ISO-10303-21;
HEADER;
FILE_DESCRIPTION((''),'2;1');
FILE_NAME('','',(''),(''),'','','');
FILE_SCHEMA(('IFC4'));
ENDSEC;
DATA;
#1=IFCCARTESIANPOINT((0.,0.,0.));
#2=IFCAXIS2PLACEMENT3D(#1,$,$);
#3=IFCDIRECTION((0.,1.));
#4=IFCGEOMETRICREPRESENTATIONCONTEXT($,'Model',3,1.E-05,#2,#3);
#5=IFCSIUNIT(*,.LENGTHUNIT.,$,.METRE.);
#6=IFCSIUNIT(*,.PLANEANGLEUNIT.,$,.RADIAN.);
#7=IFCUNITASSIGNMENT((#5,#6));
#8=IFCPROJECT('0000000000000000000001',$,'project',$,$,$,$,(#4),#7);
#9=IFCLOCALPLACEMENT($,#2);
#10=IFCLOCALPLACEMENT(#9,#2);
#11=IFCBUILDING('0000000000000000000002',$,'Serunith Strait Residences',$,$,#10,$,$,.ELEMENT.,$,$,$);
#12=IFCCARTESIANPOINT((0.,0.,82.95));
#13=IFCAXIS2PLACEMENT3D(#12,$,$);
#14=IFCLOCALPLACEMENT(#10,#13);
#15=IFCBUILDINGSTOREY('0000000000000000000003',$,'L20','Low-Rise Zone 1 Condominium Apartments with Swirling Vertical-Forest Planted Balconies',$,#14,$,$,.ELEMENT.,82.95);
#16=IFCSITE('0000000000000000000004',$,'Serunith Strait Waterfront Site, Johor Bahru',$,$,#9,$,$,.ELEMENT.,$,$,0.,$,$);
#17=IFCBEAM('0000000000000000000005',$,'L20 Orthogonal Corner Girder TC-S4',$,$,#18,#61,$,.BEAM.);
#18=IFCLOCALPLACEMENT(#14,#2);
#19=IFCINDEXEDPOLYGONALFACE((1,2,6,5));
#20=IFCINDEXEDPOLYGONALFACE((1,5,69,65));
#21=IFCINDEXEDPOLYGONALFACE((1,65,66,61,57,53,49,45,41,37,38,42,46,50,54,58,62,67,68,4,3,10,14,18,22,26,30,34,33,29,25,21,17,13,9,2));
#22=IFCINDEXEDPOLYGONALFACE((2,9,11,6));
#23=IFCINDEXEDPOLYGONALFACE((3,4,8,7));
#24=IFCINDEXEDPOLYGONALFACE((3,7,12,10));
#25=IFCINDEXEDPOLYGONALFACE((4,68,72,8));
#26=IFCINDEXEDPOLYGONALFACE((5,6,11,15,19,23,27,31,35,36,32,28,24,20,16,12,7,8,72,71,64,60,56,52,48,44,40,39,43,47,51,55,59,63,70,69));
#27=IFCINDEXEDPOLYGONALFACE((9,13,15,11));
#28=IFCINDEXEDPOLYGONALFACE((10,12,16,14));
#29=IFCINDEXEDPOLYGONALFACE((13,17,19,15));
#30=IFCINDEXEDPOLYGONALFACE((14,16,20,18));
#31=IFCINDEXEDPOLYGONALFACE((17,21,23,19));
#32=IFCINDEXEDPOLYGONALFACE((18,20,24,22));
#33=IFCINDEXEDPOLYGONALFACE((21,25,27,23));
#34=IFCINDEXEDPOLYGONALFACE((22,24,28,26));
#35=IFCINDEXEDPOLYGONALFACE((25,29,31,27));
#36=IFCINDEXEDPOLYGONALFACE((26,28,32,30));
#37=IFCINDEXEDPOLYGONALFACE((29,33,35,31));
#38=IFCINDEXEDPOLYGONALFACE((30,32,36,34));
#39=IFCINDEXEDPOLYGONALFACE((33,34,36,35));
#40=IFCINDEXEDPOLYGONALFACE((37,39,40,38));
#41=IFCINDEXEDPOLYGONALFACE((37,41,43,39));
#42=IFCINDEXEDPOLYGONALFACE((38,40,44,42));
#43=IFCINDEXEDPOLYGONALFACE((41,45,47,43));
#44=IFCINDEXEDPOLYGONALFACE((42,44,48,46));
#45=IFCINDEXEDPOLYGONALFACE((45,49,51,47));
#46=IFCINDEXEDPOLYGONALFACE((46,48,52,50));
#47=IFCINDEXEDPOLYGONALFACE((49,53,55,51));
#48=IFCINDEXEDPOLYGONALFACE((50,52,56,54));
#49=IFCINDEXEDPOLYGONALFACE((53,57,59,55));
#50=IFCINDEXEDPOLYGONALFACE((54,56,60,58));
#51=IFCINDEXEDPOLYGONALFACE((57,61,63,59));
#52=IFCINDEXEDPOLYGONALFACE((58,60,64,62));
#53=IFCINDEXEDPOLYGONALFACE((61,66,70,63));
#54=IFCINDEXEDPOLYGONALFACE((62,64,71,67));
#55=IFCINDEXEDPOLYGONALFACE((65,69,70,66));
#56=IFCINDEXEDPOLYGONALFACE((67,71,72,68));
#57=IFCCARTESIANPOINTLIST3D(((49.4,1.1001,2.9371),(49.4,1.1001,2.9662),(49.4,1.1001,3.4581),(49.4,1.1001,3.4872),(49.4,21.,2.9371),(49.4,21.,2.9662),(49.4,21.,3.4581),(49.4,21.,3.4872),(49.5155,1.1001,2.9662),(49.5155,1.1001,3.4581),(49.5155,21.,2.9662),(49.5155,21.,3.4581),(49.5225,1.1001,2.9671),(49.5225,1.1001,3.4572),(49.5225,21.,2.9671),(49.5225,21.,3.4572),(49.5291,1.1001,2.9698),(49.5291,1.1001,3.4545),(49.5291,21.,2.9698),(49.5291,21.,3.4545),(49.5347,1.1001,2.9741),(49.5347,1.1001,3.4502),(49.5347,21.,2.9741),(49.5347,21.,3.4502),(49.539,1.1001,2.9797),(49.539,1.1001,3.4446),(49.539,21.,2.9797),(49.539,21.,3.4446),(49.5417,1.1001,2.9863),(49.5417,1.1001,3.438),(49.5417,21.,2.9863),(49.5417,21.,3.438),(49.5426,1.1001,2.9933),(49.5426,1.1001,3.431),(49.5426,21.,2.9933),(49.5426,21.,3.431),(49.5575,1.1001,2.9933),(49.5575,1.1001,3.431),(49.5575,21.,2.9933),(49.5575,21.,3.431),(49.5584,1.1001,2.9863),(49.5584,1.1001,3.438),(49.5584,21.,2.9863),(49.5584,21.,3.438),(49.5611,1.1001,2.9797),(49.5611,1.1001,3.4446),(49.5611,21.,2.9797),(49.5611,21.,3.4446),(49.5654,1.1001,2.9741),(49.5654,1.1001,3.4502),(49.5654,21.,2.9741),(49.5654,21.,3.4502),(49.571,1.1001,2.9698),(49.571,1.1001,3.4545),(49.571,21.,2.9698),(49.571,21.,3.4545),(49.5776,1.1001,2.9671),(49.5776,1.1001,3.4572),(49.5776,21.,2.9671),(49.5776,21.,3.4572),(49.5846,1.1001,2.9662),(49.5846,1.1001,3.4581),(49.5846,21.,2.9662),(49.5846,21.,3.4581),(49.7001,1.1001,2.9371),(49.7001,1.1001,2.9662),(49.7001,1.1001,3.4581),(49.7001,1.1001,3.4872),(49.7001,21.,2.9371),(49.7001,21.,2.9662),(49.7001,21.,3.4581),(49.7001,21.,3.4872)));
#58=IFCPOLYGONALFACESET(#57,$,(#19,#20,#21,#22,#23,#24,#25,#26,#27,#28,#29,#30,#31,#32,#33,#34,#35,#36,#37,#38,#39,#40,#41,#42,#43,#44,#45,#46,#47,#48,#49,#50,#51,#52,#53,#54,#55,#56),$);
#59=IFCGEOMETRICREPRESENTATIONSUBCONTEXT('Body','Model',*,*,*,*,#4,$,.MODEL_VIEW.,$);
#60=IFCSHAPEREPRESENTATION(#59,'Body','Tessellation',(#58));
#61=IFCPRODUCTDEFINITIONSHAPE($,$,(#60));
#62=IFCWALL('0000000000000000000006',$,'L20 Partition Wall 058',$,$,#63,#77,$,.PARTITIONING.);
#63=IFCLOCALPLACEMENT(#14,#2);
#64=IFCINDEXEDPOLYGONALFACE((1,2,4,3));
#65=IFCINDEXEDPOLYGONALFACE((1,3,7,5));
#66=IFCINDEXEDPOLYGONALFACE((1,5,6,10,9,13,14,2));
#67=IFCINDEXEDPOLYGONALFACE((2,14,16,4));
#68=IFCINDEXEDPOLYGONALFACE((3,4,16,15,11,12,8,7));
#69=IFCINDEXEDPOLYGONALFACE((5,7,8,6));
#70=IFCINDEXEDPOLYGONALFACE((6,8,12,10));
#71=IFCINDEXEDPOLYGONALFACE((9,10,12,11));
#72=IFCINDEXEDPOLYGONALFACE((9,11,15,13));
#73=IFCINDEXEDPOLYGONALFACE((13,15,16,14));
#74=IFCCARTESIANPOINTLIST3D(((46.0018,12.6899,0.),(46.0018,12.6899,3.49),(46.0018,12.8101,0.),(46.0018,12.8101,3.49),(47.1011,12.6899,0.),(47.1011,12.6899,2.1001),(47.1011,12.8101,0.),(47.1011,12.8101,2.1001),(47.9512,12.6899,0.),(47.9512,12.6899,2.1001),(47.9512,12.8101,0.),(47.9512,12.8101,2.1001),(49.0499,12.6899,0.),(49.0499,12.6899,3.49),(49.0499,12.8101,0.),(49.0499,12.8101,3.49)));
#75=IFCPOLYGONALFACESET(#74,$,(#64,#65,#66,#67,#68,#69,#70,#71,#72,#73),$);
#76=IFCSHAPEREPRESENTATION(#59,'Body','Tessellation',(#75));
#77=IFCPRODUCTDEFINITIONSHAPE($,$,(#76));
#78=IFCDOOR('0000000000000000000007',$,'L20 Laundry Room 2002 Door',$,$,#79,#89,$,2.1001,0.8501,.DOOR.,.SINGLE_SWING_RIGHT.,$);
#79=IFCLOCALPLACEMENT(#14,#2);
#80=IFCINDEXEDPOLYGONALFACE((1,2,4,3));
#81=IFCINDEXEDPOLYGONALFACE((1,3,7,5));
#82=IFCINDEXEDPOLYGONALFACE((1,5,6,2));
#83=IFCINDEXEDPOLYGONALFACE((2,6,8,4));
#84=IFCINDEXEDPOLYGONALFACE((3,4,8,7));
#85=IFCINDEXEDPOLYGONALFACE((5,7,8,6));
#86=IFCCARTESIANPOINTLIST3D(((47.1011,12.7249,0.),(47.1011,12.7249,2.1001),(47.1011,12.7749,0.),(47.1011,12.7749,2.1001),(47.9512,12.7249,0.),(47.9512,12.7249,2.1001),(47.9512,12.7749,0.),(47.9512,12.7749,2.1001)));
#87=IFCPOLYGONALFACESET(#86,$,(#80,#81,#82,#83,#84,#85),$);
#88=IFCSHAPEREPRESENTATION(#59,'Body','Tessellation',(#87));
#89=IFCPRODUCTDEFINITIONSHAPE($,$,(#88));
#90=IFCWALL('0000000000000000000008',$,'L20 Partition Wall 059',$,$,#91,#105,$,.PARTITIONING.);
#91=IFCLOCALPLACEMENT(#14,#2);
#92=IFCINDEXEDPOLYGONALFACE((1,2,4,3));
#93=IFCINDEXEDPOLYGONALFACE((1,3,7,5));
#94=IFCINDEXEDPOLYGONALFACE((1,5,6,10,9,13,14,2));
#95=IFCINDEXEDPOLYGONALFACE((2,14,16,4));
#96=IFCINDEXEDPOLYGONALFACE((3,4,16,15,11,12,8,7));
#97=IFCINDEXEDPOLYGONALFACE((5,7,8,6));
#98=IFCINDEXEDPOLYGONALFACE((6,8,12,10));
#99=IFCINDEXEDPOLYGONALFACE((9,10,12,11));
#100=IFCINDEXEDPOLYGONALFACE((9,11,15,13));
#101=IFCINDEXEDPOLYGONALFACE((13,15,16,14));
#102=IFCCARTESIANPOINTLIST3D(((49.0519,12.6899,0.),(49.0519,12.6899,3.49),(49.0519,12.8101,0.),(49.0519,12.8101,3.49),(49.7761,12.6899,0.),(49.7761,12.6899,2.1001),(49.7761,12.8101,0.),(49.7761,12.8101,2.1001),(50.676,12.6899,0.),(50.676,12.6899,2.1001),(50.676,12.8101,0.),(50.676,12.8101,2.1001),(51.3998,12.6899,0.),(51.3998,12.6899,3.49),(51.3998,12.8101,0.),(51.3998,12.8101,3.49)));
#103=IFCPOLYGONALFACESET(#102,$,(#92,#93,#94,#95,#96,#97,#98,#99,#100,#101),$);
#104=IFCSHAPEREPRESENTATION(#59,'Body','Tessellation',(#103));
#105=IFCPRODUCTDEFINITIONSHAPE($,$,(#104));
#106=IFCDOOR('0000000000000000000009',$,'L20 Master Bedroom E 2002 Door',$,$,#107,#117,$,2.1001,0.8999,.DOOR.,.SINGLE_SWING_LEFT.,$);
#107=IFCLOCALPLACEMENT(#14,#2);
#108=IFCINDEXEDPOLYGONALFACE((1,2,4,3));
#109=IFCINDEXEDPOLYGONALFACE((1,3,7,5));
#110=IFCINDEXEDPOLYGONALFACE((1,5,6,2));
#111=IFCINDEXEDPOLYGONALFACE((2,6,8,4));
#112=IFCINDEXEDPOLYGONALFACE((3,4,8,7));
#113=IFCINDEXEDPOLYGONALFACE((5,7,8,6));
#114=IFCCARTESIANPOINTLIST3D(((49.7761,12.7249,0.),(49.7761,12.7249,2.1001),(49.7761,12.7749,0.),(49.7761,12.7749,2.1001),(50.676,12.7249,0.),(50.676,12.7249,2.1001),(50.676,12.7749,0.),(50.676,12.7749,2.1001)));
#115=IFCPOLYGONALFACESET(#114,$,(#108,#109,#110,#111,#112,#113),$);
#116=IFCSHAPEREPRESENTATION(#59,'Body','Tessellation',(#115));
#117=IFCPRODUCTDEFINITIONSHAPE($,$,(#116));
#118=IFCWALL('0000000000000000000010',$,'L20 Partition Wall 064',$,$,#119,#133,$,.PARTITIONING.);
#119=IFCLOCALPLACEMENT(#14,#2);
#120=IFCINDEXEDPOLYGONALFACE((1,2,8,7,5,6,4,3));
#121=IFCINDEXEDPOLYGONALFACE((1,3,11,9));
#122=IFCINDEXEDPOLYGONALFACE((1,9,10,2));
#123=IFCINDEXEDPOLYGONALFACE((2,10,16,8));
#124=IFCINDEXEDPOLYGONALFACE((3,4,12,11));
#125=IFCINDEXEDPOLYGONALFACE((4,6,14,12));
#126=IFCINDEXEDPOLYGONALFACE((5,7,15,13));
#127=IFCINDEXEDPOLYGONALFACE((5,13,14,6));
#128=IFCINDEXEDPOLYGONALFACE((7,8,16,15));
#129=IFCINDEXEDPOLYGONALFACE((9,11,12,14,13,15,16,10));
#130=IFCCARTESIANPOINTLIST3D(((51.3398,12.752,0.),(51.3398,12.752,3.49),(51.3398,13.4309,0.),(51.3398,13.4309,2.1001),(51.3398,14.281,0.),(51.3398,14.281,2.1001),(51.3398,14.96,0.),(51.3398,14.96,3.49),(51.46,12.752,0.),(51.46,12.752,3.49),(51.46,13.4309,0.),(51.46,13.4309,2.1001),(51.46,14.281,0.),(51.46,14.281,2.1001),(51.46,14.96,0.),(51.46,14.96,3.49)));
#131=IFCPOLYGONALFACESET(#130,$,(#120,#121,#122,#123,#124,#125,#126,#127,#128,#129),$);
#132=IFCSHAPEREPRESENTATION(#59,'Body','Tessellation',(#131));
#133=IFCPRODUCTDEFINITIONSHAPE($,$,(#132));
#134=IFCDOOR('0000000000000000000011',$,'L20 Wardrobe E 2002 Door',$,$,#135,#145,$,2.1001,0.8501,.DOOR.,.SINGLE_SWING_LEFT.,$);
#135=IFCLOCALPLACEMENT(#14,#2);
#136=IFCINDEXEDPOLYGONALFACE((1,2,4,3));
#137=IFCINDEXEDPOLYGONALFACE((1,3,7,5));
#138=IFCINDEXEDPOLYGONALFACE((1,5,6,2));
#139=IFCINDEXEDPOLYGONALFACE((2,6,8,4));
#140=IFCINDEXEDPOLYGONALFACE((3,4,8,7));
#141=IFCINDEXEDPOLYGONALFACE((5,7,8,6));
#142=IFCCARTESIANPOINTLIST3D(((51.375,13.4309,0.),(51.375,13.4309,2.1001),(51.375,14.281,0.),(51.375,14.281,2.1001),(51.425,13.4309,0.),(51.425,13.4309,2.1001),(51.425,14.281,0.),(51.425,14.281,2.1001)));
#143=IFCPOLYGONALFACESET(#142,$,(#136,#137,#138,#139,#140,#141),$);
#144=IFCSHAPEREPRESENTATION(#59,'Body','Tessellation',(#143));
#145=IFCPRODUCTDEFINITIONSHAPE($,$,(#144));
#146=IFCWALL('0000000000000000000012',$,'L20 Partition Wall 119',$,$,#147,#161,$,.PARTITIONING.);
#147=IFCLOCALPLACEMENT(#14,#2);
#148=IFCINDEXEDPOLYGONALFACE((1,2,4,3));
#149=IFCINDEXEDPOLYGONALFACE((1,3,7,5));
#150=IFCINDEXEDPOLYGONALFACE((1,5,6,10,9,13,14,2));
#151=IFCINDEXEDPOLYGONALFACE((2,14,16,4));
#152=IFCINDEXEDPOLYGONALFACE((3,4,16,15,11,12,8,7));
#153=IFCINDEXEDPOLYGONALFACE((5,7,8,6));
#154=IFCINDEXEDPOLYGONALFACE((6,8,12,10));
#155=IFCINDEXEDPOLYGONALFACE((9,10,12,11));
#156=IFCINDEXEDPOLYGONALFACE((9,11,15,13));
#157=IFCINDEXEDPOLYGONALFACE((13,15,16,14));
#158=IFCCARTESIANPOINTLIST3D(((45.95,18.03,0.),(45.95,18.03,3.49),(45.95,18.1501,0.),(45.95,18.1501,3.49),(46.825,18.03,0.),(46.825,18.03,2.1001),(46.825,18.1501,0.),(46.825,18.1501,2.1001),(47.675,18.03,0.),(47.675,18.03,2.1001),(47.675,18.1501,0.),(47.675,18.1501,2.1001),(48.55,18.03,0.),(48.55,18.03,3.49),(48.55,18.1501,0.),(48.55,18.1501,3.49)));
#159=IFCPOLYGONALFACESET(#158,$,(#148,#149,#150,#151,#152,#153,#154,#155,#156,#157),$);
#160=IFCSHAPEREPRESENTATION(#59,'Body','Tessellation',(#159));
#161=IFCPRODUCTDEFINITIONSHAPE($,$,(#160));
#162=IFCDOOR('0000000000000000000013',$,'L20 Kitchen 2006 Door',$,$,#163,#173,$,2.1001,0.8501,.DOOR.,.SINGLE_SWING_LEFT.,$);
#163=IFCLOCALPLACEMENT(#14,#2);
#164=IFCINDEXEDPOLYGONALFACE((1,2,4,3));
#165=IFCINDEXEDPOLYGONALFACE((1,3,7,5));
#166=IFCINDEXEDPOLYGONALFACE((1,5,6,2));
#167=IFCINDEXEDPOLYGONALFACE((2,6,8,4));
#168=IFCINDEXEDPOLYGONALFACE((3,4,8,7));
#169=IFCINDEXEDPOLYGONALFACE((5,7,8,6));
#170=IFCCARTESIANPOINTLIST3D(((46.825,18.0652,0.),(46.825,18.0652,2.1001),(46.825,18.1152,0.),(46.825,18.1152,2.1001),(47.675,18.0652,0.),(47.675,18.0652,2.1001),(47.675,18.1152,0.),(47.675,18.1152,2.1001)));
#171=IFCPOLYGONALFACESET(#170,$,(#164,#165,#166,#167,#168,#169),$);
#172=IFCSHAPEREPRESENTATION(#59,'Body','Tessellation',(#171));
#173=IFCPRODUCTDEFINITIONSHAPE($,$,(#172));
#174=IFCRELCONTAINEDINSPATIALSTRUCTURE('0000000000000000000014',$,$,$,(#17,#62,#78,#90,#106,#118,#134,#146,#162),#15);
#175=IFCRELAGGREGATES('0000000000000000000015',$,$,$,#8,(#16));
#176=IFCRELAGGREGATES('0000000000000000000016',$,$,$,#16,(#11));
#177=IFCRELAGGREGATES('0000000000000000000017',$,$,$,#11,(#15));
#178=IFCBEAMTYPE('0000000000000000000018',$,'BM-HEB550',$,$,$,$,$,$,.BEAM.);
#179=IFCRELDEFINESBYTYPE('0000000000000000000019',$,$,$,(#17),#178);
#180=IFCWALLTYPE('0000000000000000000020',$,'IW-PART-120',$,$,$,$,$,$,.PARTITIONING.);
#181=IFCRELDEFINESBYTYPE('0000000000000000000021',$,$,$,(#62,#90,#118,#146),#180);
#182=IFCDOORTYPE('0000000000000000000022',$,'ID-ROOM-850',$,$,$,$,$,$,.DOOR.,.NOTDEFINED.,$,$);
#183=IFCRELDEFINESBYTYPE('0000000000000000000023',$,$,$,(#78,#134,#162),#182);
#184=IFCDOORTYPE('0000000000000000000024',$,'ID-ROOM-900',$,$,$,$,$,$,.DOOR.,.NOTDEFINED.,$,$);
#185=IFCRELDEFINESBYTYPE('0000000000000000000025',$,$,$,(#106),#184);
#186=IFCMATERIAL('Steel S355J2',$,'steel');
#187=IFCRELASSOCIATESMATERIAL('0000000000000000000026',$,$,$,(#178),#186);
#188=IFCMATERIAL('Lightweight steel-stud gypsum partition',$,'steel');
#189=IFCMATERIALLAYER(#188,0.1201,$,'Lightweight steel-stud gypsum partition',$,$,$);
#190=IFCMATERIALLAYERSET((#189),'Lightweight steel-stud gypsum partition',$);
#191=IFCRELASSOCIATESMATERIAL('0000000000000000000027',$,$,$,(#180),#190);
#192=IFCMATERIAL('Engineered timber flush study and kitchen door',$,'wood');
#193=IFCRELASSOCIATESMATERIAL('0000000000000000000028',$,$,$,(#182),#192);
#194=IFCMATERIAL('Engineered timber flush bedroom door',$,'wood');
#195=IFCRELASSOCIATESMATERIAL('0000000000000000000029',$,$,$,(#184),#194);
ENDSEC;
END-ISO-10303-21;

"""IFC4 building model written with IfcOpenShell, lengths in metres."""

from ifc_helpers import new_model, si_unit, direction, frame, frame_2d, origin, origin_2d, place, context, subcontext, project, spatial, rectangle, i_section, extrude, source, transform, mapped, material, layer, layer_set, material_profile, profile_set, type_object, element, fill, save


model = new_model("IFC4")

# Units and contexts
model_context = context("Model", 3, precision=1e-05, world=origin(), true_north=direction((0.0, 1.0)))
body_context = subcontext(model_context, "Body", "Model", "MODEL_VIEW")
ifc_project = project(units=[si_unit("LENGTHUNIT", "METRE"), si_unit("PLANEANGLEUNIT", "RADIAN")], contexts=[model_context])

# Site, building, storey
site_placement = place(None, origin())
site = spatial("IfcSite", under=ifc_project, at=site_placement, Name="Serunith Strait Waterfront Site, Johor Bahru", CompositionType="ELEMENT", RefElevation=0.0)
building_placement = place(site_placement, origin())
building = spatial("IfcBuilding", under=site, at=building_placement, Name="Serunith Strait Residences", CompositionType="ELEMENT")
storey_placement = place(building_placement, frame((0.0, 0.0, 82.95)))
storey = spatial("IfcBuildingStorey", under=building, at=storey_placement, Name="L20", Description="Low-Rise Zone 1 Condominium Apartments with Swirling Vertical-Forest Planted Balconies", CompositionType="ELEMENT", Elevation=82.95)

# Beam
ifc_material_1 = material(Name="Steel S355J2", Category="steel")
ifc_material_profile = material_profile(ifc_material_1, i_section(OverallWidth=0.3, OverallDepth=0.55, WebThickness=0.0149, FlangeThickness=0.0291, FilletRadius=0.0271, at=origin_2d()), Name="HEB 550")
ifc_profile_set = profile_set([ifc_material_profile], Name="Steel S355J2")
beam_type = type_object("IfcBeamType", Name="BM-HEB550", PredefinedType="BEAM", material=ifc_profile_set)
shared_shape_1 = source(origin(), body_context, "Body", "SweptSolid", [
    extrude(i_section(OverallWidth=0.3, OverallDepth=0.55, WebThickness=0.0149, FlangeThickness=0.0291, FilletRadius=0.0271, at=origin_2d()), origin(), (0.0, 0.0, 1.0), 19.8999),
])
beam_placement = place(storey_placement, frame((49.55, 21.0, 3.2122), z_axis=(0.0, -1.0, 0.0), x_axis=(1.0, 0.0, 0.0)))
element("IfcBeam", 1, at=beam_placement, inside=storey, type_object=beam_type, Name="L20 Orthogonal Corner Girder TC-S4", PredefinedType="BEAM", context=body_context, shape_type="MappedRepresentation", body=[
    mapped(shared_shape_1, transform((0.0, 0.0, 0.0), scale=1.0)),
])

# Walls, openings, doors
ifc_material_2 = material(Name="Lightweight steel-stud gypsum partition", Category="steel")
ifc_layer = layer(ifc_material_2, 0.1201, Name="Lightweight steel-stud gypsum partition")
ifc_layer_set = layer_set([ifc_layer], Name="Lightweight steel-stud gypsum partition")
wall_type = type_object("IfcWallType", Name="IW-PART-120", PredefinedType="PARTITIONING", material=ifc_layer_set)
wall_1_placement = place(storey_placement, frame((46.002, 12.75, 0.0), z_axis=(0.0, 0.0, 1.0), x_axis=(1.0, 0.0, 0.0)))
wall_1 = element("IfcWall", 2, at=wall_1_placement, inside=storey, type_object=wall_type, Name="L20 Partition Wall 058", PredefinedType="PARTITIONING", context=body_context, shape_type="SweptSolid", body=[
    extrude(rectangle(XDim=3.0481, YDim=0.1201, at=frame_2d((1.5239, 0.0))), origin(), (0.0, 0.0, 1.0), 3.49),
])
opening_1_placement = place(wall_1_placement, frame((1.0991, 0.0, 0.0)))
opening_1 = element("IfcOpeningElement", 3, at=opening_1_placement, cuts=wall_1, PredefinedType="OPENING", context=body_context, shape_type="SweptSolid", body=[
    extrude(rectangle(XDim=0.8501, YDim=2.1001, at=frame_2d((0.425, 1.05))), frame((0.0, 0.0701, 0.0), z_axis=(0.0, -1.0, 0.0), x_axis=(1.0, 0.0, 0.0)), (0.0, 0.0, 1.0), 0.1401),
])
ifc_material_3 = material(Name="Engineered timber flush study and kitchen door", Category="wood")
door_type_1 = type_object("IfcDoorType", Name="ID-ROOM-850", OperationType="NOTDEFINED", PredefinedType="DOOR", material=ifc_material_3)
shared_shape_2 = source(origin(), body_context, "Body", "SweptSolid", [
    extrude(rectangle(XDim=0.8501, YDim=2.1001, at=frame_2d((0.425, 1.05))), frame((0.0, 0.0249, 0.0), z_axis=(0.0, -1.0, 0.0), x_axis=(1.0, 0.0, 0.0)), (0.0, 0.0, 1.0), 0.05),
])
door_1_placement = place(opening_1_placement, origin())
door_1 = element("IfcDoor", 4, at=door_1_placement, inside=storey, type_object=door_type_1, Name="L20 Laundry Room 2002 Door", OperationType="SINGLE_SWING_RIGHT", OverallHeight=2.1001, OverallWidth=0.8501, PredefinedType="DOOR", context=body_context, shape_type="MappedRepresentation", body=[
    mapped(shared_shape_2, transform((0.0, 0.0, 0.0), scale=1.0)),
])
fill(opening_1, door_1)
wall_2_placement = place(storey_placement, frame((49.052, 12.75, 0.0), z_axis=(0.0, 0.0, 1.0), x_axis=(1.0, 0.0, 0.0)))
wall_2 = element("IfcWall", 5, at=wall_2_placement, inside=storey, type_object=wall_type, Name="L20 Partition Wall 059", PredefinedType="PARTITIONING", context=body_context, shape_type="SweptSolid", body=[
    extrude(rectangle(XDim=2.3479, YDim=0.1201, at=frame_2d((1.1738, 0.0))), origin(), (0.0, 0.0, 1.0), 3.49),
])
opening_2_placement = place(wall_2_placement, frame((0.7241, 0.0, 0.0)))
opening_2 = element("IfcOpeningElement", 6, at=opening_2_placement, cuts=wall_2, PredefinedType="OPENING", context=body_context, shape_type="SweptSolid", body=[
    extrude(rectangle(XDim=0.8999, YDim=2.1001, at=frame_2d((0.45, 1.05))), frame((0.0, 0.0701, 0.0), z_axis=(0.0, -1.0, 0.0), x_axis=(1.0, 0.0, 0.0)), (0.0, 0.0, 1.0), 0.1401),
])
ifc_material_4 = material(Name="Engineered timber flush bedroom door", Category="wood")
door_type_2 = type_object("IfcDoorType", Name="ID-ROOM-900", OperationType="NOTDEFINED", PredefinedType="DOOR", material=ifc_material_4)
shared_shape_3 = source(origin(), body_context, "Body", "SweptSolid", [
    extrude(rectangle(XDim=0.8999, YDim=2.1001, at=frame_2d((0.45, 1.05))), frame((0.0, 0.0249, 0.0), z_axis=(0.0, -1.0, 0.0), x_axis=(1.0, 0.0, 0.0)), (0.0, 0.0, 1.0), 0.05),
])
door_2_placement = place(opening_2_placement, origin())
door_2 = element("IfcDoor", 7, at=door_2_placement, inside=storey, type_object=door_type_2, Name="L20 Master Bedroom E 2002 Door", OperationType="SINGLE_SWING_LEFT", OverallHeight=2.1001, OverallWidth=0.8999, PredefinedType="DOOR", context=body_context, shape_type="MappedRepresentation", body=[
    mapped(shared_shape_3, transform((0.0, 0.0, 0.0), scale=1.0)),
])
fill(opening_2, door_2)
wall_3_placement = place(storey_placement, frame((51.3999, 12.752, 0.0), z_axis=(0.0, 0.0, 1.0), x_axis=(0.0, 1.0, 0.0)))
wall_3 = element("IfcWall", 8, at=wall_3_placement, inside=storey, type_object=wall_type, Name="L20 Partition Wall 064", PredefinedType="PARTITIONING", context=body_context, shape_type="SweptSolid", body=[
    extrude(rectangle(XDim=2.208, YDim=0.1201, at=frame_2d((1.104, 0.0))), origin(), (0.0, 0.0, 1.0), 3.49),
])
opening_3_placement = place(wall_3_placement, frame((0.679, 0.0, 0.0)))
opening_3 = element("IfcOpeningElement", 9, at=opening_3_placement, cuts=wall_3, PredefinedType="OPENING", context=body_context, shape_type="SweptSolid", body=[
    extrude(rectangle(XDim=0.8501, YDim=2.1001, at=frame_2d((0.425, 1.05))), frame((0.0, 0.0701, 0.0), z_axis=(0.0, -1.0, 0.0), x_axis=(1.0, 0.0, 0.0)), (0.0, 0.0, 1.0), 0.1401),
])
door_3_placement = place(opening_3_placement, origin())
door_3 = element("IfcDoor", 10, at=door_3_placement, inside=storey, type_object=door_type_1, Name="L20 Wardrobe E 2002 Door", OperationType="SINGLE_SWING_LEFT", OverallHeight=2.1001, OverallWidth=0.8501, PredefinedType="DOOR", context=body_context, shape_type="MappedRepresentation", body=[
    mapped(shared_shape_2, transform((0.0, 0.0, 0.0), scale=1.0)),
])
fill(opening_3, door_3)
wall_4_placement = place(storey_placement, frame((48.55, 18.0901, 0.0), z_axis=(0.0, 0.0, 1.0), x_axis=(-1.0, 0.0, 0.0)))
wall_4 = element("IfcWall", 11, at=wall_4_placement, inside=storey, type_object=wall_type, Name="L20 Partition Wall 119", PredefinedType="PARTITIONING", context=body_context, shape_type="SweptSolid", body=[
    extrude(rectangle(XDim=2.6001, YDim=0.1201, at=frame_2d((1.3, 0.0))), origin(), (0.0, 0.0, 1.0), 3.49),
])
opening_4_placement = place(wall_4_placement, frame((0.875, 0.0, 0.0)))
opening_4 = element("IfcOpeningElement", 12, at=opening_4_placement, cuts=wall_4, PredefinedType="OPENING", context=body_context, shape_type="SweptSolid", body=[
    extrude(rectangle(XDim=0.8501, YDim=2.1001, at=frame_2d((0.425, 1.05))), frame((0.0, 0.0701, 0.0), z_axis=(0.0, -1.0, 0.0), x_axis=(1.0, 0.0, 0.0)), (0.0, 0.0, 1.0), 0.1401),
])
door_4_placement = place(opening_4_placement, origin())
door_4 = element("IfcDoor", 13, at=door_4_placement, inside=storey, type_object=door_type_1, Name="L20 Kitchen 2006 Door", OperationType="SINGLE_SWING_LEFT", OverallHeight=2.1001, OverallWidth=0.8501, PredefinedType="DOOR", context=body_context, shape_type="MappedRepresentation", body=[
    mapped(shared_shape_2, transform((0.0, 0.0, 0.0), scale=1.0)),
])
fill(opening_4, door_4)

save(model, "model.ifc")
